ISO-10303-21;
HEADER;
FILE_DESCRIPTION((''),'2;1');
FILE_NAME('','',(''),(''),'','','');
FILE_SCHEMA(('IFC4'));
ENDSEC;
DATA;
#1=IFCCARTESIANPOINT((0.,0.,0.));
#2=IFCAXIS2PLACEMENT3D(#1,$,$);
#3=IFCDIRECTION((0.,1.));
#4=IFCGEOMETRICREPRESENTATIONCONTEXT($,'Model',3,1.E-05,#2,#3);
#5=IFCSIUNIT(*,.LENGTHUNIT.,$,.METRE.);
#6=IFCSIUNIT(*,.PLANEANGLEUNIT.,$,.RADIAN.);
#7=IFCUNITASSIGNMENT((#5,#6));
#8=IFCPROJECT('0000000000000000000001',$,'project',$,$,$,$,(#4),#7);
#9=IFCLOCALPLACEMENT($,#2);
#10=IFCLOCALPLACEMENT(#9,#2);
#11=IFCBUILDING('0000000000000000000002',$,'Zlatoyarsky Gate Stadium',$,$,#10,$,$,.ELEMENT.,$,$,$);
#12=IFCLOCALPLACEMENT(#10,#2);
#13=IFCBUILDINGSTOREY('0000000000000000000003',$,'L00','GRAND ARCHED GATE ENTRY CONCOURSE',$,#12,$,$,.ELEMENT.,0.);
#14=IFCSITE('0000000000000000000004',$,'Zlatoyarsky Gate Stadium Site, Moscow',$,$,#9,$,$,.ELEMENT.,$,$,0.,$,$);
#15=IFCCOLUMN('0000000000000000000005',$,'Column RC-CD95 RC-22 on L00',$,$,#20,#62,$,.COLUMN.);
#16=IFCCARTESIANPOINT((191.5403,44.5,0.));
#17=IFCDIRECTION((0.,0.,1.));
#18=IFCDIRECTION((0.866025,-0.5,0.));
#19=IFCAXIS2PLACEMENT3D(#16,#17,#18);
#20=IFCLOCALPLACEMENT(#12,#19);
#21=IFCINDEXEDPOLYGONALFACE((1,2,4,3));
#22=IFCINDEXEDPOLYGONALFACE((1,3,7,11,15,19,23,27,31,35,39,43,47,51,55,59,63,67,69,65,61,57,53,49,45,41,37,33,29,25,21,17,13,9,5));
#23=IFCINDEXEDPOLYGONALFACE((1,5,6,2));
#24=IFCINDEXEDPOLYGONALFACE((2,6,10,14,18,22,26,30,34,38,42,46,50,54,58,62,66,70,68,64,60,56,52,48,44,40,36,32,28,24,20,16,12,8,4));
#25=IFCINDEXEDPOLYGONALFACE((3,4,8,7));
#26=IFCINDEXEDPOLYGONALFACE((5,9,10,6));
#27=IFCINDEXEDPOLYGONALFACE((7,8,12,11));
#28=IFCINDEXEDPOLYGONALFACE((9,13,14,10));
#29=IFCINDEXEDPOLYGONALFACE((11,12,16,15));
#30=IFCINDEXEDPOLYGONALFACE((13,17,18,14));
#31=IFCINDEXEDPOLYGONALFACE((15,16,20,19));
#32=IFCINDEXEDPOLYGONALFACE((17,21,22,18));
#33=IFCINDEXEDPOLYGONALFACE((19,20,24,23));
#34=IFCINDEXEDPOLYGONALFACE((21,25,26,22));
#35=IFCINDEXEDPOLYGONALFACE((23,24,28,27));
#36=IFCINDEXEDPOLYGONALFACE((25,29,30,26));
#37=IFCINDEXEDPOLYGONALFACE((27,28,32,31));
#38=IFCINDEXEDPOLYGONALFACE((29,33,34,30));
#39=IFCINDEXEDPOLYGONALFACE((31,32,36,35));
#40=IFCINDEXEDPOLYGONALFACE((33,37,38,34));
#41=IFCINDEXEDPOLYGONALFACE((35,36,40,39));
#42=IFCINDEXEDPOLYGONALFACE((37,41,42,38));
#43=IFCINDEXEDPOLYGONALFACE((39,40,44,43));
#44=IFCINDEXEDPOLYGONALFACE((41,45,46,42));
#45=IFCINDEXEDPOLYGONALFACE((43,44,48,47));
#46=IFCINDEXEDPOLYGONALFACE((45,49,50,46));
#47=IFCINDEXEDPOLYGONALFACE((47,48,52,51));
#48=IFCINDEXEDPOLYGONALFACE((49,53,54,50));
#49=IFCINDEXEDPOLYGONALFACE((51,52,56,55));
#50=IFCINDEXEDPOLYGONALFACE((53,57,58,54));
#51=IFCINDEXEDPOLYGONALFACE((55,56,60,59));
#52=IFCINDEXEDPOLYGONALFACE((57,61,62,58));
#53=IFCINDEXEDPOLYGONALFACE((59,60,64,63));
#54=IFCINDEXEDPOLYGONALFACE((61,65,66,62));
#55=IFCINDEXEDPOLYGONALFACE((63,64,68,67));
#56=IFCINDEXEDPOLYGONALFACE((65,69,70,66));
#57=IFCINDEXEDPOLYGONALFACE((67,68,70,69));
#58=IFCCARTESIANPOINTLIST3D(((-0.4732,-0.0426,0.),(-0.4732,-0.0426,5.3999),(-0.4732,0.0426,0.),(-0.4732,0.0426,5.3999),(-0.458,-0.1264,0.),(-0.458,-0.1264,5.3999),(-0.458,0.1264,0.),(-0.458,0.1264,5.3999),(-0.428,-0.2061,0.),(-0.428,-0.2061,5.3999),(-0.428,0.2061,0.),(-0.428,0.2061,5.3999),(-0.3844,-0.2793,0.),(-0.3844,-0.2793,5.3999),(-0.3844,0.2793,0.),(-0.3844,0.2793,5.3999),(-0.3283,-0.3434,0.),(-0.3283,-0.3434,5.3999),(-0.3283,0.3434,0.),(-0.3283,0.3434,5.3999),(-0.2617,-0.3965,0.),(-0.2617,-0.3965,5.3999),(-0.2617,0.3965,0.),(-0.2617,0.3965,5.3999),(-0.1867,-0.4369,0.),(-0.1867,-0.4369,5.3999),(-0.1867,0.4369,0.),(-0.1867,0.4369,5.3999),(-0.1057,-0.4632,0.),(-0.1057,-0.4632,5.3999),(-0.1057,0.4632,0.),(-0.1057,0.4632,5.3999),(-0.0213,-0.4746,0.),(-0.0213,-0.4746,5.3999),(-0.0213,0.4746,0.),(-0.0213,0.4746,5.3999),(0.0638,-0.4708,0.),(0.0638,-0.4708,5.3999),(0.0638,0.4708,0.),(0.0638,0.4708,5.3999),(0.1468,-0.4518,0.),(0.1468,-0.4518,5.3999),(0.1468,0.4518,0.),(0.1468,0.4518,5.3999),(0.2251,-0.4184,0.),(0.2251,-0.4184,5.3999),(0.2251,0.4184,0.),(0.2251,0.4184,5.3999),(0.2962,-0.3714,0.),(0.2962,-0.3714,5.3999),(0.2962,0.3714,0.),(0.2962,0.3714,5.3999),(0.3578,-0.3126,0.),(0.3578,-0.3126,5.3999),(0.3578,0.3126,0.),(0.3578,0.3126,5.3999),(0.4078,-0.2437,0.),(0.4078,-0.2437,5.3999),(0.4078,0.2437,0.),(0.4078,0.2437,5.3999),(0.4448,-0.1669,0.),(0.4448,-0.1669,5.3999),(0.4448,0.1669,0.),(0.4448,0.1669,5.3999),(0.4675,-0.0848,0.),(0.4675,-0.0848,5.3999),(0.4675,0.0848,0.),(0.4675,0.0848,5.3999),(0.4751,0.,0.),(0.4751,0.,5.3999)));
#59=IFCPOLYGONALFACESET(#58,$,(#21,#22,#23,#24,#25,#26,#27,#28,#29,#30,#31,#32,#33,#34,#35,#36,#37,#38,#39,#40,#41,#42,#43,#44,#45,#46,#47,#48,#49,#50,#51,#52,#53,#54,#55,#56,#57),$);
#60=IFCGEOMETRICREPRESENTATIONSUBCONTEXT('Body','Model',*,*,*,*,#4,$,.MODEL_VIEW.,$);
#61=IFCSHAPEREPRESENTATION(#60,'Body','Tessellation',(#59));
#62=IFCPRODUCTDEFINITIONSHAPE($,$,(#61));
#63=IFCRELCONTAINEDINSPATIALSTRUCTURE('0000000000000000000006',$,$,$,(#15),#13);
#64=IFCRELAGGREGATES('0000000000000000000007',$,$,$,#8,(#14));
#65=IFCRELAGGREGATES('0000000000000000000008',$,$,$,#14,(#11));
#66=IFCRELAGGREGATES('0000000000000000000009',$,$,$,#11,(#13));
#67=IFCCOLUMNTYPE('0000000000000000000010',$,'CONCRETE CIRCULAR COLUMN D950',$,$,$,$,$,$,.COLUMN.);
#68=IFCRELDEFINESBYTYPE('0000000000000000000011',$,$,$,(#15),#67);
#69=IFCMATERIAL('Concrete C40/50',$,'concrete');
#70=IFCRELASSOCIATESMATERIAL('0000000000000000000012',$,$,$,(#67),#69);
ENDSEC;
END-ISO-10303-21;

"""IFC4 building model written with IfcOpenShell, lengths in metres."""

from ifc_helpers import new_model, si_unit, direction, frame, origin, origin_2d, place, context, subcontext, project, spatial, circle, extrude, material, material_profile, profile_set, type_object, element, save


model = new_model("IFC4")

# Units and contexts
model_context = context("Model", 3, precision=1e-05, world=origin(), true_north=direction((0.0, 1.0)))
body_context = subcontext(model_context, "Body", "Model", "MODEL_VIEW")
ifc_project = project(units=[si_unit("LENGTHUNIT", "METRE"), si_unit("PLANEANGLEUNIT", "RADIAN")], contexts=[model_context])

# Site, building, storey
site_placement = place(None, origin())
site = spatial("IfcSite", under=ifc_project, at=site_placement, Name="Zlatoyarsky Gate Stadium Site, Moscow", CompositionType="ELEMENT", RefElevation=0.0)
building_placement = place(site_placement, origin())
building = spatial("IfcBuilding", under=site, at=building_placement, Name="Zlatoyarsky Gate Stadium", CompositionType="ELEMENT")
storey_placement = place(building_placement, origin())
storey = spatial("IfcBuildingStorey", under=building, at=storey_placement, Name="L00", Description="GRAND ARCHED GATE ENTRY CONCOURSE", CompositionType="ELEMENT", Elevation=0.0)

# Column
ifc_material_1 = material(Name="Concrete C40/50", Category="concrete")
ifc_material_profile_1 = material_profile(ifc_material_1, circle(Radius=0.4751, at=origin_2d()), Name="RC COL D950")
ifc_profile_set_1 = profile_set([ifc_material_profile_1], Name="Concrete C40/50")
column_type_1 = type_object("IfcColumnType", Name="CONCRETE CIRCULAR COLUMN D950", PredefinedType="COLUMN", material=ifc_profile_set_1)
column_1_placement = place(storey_placement, frame((191.5403, 44.5, 0.0), z_axis=(0.0, 0.0, 1.0), x_axis=(0.866025, -0.5, 0.0)))
element("IfcColumn", 1, at=column_1_placement, inside=storey, type_object=column_type_1, Name="Column RC-CD95 RC-22 on L00", PredefinedType="COLUMN", context=body_context, shape_type="SweptSolid", body=[
    extrude(circle(Radius=0.4751, at=origin_2d()), origin(), (0.0, 0.0, 1.0), 5.3999),
])

save(model, "model.ifc")
